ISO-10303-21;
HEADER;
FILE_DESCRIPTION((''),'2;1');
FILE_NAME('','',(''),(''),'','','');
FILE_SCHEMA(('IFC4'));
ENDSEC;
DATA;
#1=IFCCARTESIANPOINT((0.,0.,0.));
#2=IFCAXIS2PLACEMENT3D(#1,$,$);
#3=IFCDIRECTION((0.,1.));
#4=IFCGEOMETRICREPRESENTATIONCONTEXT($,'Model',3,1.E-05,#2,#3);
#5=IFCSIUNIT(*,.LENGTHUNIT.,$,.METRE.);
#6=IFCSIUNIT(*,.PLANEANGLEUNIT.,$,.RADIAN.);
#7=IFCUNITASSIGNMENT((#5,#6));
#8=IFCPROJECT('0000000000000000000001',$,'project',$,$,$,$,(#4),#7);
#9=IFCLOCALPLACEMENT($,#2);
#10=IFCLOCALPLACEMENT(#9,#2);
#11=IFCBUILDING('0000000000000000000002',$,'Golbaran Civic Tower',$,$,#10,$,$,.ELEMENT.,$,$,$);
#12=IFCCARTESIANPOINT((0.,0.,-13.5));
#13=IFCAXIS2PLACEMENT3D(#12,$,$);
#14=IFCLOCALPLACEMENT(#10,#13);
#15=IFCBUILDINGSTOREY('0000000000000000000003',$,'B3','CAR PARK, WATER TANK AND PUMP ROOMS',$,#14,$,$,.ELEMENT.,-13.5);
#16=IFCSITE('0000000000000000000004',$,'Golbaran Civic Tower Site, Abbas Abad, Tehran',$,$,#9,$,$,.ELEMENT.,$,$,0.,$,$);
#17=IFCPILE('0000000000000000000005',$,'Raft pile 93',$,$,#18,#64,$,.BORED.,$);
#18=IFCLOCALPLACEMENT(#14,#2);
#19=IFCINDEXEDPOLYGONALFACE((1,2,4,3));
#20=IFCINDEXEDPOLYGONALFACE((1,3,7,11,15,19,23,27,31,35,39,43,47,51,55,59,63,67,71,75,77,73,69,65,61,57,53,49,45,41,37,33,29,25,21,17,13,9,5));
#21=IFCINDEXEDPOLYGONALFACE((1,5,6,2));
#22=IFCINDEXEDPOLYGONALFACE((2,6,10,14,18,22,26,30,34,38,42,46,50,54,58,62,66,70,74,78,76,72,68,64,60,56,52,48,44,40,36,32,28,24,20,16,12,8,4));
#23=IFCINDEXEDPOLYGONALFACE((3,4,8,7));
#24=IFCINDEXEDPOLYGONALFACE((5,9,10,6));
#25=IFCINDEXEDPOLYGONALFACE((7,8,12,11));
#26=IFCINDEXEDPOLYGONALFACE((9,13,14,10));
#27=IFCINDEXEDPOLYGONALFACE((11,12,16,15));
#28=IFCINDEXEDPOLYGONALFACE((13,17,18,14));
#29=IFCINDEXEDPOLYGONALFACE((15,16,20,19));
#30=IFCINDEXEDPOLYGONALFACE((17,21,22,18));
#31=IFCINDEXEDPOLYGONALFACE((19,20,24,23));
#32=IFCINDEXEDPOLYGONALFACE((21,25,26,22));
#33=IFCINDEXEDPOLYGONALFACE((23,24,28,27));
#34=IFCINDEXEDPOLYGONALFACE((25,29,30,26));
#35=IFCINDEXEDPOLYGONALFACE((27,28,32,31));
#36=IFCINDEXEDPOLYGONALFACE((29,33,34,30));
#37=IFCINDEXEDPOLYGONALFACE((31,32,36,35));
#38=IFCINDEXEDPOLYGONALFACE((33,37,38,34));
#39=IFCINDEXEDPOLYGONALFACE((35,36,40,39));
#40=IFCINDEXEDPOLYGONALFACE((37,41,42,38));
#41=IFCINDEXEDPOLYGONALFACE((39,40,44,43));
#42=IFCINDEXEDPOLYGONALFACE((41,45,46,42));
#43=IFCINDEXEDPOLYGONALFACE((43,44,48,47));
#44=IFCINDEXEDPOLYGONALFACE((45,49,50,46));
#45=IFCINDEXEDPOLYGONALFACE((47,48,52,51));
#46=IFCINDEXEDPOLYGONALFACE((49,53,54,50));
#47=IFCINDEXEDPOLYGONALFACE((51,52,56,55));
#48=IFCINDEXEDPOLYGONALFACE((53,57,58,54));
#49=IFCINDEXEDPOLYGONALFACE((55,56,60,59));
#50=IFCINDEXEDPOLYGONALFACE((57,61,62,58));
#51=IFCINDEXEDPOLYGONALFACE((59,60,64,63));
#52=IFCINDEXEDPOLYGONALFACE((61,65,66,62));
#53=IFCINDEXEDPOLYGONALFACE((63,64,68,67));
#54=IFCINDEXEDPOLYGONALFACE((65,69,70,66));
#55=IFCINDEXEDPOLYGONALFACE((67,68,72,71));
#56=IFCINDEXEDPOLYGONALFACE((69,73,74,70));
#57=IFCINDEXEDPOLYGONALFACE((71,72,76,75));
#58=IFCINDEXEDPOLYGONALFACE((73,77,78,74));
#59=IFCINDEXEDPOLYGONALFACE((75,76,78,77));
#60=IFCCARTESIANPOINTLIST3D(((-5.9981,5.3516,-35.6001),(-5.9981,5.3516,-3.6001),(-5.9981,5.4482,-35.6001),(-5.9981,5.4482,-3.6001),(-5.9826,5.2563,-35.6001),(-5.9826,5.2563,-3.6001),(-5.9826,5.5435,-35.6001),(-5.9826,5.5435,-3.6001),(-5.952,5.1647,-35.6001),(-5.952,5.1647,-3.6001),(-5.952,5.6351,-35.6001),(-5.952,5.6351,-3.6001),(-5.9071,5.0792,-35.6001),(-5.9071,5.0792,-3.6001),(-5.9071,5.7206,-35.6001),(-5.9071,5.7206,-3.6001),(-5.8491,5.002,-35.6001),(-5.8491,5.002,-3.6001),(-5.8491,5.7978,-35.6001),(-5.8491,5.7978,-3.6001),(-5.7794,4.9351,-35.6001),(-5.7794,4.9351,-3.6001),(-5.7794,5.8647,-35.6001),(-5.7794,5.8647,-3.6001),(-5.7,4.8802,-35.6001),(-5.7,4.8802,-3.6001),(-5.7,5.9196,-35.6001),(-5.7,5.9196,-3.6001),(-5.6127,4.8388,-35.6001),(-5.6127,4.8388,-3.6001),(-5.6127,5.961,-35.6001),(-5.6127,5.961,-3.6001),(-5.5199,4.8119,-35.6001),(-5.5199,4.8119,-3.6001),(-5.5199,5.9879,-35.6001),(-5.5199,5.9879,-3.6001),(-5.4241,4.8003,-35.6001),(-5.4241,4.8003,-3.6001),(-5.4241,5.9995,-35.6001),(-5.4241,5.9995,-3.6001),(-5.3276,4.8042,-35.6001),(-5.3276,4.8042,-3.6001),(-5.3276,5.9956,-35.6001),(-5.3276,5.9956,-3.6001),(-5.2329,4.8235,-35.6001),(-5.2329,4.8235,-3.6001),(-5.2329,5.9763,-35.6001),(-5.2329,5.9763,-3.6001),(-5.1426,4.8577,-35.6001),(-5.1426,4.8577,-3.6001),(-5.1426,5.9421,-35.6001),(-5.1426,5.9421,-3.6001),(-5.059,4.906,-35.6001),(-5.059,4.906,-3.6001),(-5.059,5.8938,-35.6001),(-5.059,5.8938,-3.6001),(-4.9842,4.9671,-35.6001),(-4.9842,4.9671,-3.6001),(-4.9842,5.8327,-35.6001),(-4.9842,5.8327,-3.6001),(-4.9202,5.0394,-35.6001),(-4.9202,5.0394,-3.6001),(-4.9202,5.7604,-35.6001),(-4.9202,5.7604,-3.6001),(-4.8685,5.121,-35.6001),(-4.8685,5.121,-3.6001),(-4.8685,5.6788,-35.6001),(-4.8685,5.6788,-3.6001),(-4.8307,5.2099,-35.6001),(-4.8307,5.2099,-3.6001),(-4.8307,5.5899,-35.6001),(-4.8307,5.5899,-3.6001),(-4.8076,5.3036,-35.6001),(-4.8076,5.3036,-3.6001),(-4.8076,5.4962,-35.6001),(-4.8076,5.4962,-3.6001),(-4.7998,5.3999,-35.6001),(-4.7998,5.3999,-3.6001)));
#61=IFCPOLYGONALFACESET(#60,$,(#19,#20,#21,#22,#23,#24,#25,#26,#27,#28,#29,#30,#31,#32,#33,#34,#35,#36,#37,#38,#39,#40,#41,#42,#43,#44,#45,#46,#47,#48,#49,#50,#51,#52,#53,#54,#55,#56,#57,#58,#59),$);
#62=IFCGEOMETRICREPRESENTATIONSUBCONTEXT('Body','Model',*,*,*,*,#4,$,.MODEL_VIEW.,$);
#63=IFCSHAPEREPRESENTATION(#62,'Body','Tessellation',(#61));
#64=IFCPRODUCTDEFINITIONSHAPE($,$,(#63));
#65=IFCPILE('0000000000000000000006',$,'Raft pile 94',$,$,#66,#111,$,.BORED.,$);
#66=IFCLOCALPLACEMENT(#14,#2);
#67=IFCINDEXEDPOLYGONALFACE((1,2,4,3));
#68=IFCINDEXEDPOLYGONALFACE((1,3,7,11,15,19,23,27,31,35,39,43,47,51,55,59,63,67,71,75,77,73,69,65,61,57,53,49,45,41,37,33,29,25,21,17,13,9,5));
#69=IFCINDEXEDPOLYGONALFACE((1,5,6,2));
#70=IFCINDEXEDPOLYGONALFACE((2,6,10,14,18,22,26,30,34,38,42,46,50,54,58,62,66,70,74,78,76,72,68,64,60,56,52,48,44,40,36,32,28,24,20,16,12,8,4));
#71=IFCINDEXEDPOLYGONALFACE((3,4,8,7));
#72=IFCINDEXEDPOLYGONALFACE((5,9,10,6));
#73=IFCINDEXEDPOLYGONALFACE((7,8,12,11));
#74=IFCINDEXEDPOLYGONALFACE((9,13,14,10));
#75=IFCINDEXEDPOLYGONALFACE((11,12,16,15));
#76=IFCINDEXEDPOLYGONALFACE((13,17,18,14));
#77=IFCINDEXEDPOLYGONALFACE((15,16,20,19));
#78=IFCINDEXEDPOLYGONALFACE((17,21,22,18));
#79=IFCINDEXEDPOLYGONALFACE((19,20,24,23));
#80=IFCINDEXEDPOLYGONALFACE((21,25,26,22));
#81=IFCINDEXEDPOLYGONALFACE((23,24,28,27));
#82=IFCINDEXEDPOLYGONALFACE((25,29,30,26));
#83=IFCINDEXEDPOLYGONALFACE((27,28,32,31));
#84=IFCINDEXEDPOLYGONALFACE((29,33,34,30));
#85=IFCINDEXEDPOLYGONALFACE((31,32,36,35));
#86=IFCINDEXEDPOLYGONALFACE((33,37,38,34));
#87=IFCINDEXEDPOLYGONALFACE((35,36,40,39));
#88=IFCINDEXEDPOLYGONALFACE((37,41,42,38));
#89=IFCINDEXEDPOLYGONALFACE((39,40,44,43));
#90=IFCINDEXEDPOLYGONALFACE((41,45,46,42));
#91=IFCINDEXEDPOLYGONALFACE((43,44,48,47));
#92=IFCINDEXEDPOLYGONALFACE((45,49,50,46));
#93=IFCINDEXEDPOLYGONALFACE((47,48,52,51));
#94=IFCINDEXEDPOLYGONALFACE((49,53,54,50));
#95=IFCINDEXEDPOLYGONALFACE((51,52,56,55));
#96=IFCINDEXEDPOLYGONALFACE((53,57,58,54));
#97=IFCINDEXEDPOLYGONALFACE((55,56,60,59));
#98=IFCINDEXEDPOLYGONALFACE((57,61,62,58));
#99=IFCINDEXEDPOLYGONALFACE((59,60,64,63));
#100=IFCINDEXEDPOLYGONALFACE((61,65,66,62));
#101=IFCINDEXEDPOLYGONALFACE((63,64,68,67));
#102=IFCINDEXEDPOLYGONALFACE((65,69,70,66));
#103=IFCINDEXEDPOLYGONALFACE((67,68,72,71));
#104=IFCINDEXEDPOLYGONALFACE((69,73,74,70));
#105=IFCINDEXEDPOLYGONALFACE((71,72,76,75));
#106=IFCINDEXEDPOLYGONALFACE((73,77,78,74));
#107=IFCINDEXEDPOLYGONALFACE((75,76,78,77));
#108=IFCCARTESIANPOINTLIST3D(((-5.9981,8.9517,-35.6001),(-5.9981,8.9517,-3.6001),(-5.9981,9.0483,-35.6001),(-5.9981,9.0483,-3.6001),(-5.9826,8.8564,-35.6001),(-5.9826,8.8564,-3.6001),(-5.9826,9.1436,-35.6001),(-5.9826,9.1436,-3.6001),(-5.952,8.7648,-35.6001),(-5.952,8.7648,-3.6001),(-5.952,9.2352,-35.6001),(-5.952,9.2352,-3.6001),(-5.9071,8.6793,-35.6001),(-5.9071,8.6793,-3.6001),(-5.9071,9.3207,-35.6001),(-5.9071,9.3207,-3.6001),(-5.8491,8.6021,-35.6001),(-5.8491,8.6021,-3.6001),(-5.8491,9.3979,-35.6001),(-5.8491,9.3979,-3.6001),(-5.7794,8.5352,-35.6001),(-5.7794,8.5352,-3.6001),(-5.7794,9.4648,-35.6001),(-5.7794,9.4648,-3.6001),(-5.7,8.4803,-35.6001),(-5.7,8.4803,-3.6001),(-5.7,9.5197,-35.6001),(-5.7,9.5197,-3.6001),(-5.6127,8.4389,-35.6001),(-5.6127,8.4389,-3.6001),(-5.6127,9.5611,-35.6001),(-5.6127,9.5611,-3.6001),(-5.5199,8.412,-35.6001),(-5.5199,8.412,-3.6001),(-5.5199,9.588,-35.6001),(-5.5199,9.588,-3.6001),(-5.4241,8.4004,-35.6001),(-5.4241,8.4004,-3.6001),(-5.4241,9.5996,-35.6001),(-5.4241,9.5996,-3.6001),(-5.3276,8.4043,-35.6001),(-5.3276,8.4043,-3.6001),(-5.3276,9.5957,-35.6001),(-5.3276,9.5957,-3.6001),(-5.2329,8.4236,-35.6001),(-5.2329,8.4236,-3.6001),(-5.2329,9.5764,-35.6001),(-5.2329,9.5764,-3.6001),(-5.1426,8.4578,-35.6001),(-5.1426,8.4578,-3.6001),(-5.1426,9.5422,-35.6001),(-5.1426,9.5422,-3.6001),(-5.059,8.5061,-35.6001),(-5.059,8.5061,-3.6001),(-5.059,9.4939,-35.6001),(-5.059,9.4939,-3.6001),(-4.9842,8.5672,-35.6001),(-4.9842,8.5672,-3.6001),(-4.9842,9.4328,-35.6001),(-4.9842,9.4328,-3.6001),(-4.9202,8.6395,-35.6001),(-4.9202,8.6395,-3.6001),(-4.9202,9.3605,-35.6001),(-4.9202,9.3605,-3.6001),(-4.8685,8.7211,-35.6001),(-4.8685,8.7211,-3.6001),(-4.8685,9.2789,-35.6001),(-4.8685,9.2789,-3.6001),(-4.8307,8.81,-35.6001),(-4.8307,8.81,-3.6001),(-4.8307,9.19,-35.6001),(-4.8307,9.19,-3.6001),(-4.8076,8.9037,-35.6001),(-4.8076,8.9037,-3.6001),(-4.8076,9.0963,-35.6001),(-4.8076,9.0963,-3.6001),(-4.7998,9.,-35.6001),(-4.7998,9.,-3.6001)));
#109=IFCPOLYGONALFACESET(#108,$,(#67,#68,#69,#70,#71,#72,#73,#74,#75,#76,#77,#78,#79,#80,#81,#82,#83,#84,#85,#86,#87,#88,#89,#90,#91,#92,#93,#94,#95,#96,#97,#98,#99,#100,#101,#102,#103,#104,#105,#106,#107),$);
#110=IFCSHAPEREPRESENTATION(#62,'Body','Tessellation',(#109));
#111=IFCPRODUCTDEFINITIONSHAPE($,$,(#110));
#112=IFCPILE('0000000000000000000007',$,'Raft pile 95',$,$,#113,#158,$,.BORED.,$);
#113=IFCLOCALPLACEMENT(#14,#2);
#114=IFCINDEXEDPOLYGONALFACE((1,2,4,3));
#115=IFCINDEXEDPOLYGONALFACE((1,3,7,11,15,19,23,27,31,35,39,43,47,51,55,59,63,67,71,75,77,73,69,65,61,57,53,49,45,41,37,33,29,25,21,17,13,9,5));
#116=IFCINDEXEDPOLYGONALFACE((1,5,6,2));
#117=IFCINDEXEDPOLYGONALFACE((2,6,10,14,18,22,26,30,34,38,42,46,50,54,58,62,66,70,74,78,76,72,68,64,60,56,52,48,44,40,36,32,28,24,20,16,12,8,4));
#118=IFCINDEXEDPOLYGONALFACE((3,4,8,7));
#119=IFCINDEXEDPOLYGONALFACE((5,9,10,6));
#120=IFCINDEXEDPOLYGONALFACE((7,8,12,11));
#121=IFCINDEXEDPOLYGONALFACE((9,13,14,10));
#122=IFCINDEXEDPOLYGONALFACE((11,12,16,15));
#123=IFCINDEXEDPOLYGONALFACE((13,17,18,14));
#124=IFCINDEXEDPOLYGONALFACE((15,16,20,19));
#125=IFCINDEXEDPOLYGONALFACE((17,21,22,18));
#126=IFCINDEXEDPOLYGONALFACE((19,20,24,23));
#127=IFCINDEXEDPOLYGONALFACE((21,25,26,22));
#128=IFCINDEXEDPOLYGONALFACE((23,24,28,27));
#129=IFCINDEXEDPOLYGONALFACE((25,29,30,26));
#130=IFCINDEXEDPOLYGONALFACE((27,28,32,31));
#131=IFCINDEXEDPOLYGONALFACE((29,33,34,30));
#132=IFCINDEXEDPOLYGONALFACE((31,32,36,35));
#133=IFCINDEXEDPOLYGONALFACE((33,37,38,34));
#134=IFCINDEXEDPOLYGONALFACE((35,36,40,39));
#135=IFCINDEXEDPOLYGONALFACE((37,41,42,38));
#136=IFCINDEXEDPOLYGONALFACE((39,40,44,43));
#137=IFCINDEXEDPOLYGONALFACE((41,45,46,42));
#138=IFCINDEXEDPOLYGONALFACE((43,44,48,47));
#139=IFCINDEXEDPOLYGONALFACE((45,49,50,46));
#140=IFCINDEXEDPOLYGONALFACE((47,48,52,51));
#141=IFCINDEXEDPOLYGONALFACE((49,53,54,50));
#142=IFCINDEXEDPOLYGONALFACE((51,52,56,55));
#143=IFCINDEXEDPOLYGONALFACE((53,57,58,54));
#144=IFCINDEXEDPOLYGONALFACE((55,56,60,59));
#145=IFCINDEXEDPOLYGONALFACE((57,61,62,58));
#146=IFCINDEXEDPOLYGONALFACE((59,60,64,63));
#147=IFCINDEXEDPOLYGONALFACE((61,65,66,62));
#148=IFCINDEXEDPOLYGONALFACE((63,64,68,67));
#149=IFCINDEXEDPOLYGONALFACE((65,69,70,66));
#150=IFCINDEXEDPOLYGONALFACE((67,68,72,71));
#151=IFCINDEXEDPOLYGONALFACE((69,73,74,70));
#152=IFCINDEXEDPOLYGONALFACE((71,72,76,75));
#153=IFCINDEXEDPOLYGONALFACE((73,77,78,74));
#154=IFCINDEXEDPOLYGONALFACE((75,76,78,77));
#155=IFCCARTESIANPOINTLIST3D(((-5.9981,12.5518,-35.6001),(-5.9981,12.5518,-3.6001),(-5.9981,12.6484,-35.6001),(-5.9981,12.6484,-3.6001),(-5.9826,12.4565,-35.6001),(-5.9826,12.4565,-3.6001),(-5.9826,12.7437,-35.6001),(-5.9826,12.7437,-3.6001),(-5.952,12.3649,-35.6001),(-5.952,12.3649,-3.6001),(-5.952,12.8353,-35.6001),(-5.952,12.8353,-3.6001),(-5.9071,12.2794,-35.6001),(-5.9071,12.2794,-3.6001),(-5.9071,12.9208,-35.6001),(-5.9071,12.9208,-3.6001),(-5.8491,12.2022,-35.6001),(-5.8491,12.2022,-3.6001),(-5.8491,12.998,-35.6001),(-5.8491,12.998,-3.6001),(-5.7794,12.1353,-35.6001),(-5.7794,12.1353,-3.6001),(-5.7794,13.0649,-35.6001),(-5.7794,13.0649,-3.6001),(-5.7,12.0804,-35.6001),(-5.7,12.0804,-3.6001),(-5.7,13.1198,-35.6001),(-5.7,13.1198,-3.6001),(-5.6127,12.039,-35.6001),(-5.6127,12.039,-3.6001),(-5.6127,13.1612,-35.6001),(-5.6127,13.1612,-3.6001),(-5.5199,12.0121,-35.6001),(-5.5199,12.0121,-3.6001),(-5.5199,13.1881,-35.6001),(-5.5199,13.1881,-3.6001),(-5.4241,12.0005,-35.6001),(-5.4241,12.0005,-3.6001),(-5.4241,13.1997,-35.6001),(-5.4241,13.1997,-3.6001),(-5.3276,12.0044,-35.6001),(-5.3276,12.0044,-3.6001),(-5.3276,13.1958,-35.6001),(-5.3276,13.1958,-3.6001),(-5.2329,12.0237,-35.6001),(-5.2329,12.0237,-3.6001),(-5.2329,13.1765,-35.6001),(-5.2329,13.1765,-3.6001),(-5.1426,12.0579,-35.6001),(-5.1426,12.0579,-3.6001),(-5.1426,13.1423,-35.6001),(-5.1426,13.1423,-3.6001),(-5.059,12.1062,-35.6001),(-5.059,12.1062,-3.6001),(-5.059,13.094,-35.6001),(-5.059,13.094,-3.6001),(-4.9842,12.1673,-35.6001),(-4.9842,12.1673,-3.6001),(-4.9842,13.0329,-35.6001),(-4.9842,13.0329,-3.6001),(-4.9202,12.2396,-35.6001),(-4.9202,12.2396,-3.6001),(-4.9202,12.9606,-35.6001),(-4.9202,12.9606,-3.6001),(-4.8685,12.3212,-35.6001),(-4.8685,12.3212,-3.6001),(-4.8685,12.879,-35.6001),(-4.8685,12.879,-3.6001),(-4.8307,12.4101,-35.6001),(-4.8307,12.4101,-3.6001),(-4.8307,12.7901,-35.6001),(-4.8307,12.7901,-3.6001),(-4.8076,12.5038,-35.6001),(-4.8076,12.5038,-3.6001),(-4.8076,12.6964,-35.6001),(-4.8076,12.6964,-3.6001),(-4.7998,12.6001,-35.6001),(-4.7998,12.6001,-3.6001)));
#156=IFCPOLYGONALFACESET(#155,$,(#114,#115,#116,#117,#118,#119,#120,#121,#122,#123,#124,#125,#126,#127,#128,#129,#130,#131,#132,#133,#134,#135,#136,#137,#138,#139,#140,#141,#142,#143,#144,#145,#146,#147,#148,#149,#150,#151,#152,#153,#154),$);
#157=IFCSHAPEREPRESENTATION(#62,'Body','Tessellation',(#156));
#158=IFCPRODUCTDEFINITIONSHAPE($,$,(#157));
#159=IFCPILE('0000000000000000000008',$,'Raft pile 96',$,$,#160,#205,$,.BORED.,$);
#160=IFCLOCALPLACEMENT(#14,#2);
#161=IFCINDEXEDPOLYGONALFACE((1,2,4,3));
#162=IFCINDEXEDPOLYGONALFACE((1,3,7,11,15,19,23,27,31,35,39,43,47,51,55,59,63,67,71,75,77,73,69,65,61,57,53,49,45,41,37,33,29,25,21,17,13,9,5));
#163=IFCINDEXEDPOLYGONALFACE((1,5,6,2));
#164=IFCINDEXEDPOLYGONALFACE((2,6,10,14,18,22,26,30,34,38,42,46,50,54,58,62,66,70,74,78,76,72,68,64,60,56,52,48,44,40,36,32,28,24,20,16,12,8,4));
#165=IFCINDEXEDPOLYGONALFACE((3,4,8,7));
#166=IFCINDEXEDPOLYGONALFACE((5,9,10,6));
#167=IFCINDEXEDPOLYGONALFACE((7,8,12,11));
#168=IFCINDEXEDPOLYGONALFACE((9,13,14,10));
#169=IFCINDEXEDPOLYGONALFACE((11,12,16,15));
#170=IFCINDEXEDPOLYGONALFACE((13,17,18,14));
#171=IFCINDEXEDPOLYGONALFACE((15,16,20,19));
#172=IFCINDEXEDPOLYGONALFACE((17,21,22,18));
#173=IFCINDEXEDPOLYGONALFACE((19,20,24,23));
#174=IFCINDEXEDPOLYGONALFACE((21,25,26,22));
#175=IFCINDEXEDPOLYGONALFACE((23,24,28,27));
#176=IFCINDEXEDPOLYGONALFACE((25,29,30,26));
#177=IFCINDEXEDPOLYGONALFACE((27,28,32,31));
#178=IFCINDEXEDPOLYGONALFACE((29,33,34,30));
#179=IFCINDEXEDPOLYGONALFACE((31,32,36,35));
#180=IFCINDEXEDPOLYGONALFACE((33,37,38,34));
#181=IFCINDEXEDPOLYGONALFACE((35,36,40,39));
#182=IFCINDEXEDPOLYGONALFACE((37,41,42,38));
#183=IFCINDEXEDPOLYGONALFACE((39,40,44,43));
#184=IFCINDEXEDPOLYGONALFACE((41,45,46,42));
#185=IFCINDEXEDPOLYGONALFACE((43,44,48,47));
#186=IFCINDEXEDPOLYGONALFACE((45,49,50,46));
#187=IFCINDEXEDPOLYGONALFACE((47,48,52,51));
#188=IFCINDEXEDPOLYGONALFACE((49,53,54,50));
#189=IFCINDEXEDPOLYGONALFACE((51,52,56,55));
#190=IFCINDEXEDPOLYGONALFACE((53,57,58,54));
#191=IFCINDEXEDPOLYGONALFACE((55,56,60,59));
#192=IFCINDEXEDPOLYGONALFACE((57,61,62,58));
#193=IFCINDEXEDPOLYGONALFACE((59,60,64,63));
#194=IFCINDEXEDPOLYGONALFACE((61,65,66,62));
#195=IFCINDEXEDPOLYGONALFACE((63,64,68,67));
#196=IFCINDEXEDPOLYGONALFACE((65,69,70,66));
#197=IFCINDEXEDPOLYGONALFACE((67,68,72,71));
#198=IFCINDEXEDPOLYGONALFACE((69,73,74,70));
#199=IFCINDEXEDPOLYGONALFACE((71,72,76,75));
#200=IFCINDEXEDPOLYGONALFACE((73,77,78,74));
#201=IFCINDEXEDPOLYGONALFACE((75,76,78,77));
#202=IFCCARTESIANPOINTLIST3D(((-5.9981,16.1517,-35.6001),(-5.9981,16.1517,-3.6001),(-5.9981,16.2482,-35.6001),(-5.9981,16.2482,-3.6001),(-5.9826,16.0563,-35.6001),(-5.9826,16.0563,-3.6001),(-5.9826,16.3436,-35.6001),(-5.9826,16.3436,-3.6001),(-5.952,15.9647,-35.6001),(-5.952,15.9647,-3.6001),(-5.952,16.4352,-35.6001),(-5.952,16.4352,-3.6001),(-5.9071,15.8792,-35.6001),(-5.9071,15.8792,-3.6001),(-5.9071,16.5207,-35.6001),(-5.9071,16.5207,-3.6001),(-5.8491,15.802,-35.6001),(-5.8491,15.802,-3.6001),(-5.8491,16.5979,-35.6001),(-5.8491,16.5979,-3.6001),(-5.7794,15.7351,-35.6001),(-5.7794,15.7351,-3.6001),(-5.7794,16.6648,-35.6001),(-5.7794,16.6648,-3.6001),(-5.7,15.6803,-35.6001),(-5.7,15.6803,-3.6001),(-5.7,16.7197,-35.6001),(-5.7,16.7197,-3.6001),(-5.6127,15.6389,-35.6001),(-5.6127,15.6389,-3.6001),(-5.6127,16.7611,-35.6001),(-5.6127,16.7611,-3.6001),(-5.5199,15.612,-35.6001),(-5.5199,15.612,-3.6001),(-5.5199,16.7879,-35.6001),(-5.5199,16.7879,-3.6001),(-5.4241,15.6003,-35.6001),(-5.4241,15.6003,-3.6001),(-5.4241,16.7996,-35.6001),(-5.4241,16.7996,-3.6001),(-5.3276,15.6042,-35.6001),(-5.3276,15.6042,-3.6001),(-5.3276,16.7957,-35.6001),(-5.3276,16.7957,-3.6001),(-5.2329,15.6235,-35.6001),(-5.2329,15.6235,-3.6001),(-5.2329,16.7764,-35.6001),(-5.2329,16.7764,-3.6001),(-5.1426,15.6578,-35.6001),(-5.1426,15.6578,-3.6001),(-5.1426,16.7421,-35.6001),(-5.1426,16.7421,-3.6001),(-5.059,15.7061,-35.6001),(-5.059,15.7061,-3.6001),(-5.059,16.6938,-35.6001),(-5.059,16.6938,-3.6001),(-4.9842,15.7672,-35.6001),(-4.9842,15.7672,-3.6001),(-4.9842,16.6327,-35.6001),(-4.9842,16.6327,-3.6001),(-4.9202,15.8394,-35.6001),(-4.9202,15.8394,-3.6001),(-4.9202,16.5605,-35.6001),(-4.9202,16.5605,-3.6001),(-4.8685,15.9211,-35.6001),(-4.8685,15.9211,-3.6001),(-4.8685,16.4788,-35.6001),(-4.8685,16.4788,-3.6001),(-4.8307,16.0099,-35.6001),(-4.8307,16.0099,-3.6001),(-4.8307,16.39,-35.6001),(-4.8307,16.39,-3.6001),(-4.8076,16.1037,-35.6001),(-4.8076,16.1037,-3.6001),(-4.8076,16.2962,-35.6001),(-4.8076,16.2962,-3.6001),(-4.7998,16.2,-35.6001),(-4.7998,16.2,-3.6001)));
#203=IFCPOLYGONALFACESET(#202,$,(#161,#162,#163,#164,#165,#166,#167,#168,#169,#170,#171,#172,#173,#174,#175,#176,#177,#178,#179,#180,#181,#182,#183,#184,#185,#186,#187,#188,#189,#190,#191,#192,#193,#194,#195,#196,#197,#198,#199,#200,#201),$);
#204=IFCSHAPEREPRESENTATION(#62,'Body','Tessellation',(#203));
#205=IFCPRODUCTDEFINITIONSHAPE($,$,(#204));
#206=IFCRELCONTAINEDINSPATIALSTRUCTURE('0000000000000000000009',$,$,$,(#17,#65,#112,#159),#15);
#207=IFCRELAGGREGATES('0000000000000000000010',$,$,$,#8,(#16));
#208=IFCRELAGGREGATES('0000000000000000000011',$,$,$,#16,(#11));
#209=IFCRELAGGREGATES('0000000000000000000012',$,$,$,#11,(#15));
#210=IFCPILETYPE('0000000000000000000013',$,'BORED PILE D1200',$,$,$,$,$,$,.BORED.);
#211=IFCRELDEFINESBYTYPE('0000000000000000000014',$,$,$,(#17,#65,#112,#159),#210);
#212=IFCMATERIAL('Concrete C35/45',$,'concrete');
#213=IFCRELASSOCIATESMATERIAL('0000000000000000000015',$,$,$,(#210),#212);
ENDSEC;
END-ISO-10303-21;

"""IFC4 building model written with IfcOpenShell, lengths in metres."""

from ifc_helpers import new_model, si_unit, direction, frame, origin, origin_2d, place, context, subcontext, project, spatial, circle, extrude, material, material_profile, profile_set, type_object, element, save


model = new_model("IFC4")

# Units and contexts
model_context = context("Model", 3, precision=1e-05, world=origin(), true_north=direction((0.0, 1.0)))
body_context = subcontext(model_context, "Body", "Model", "MODEL_VIEW")
ifc_project = project(units=[si_unit("LENGTHUNIT", "METRE"), si_unit("PLANEANGLEUNIT", "RADIAN")], contexts=[model_context])

# Site, building, storey
site_placement = place(None, origin())
site = spatial("IfcSite", under=ifc_project, at=site_placement, Name="Golbaran Civic Tower Site, Abbas Abad, Tehran", CompositionType="ELEMENT", RefElevation=0.0)
building_placement = place(site_placement, origin())
building = spatial("IfcBuilding", under=site, at=building_placement, Name="Golbaran Civic Tower", CompositionType="ELEMENT")
storey_placement = place(building_placement, frame((0.0, 0.0, -13.5)))
storey = spatial("IfcBuildingStorey", under=building, at=storey_placement, Name="B3", Description="CAR PARK, WATER TANK AND PUMP ROOMS", CompositionType="ELEMENT", Elevation=-13.5)

# Piles
ifc_material_1 = material(Name="Concrete C35/45", Category="concrete")
ifc_material_profile_1 = material_profile(ifc_material_1, circle(Radius=0.6001, at=origin_2d()), Name="BORED PILE D1200")
ifc_profile_set_1 = profile_set([ifc_material_profile_1], Name="Concrete C35/45")
pile_type = type_object("IfcPileType", Name="BORED PILE D1200", PredefinedType="BORED", material=ifc_profile_set_1)
for number, where, z_axis, x_axis, name in (
    (1, (-5.3999, 5.3999, -3.6001), (0.0, 0.0, -1.0), (1.0, 0.0, 0.0), "Raft pile 93"),
    (2, (-5.3999, 9.0, -3.6001), (0.0, 0.0, -1.0), (1.0, 0.0, 0.0), "Raft pile 94"),
    (3, (-5.3999, 12.6001, -3.6001), (0.0, 0.0, -1.0), (1.0, 0.0, 0.0), "Raft pile 95"),
    (4, (-5.3999, 16.2, -3.6001), (0.0, 0.0, -1.0), (1.0, 0.0, 0.0), "Raft pile 96"),
):
    element("IfcPile", number, at=place(storey_placement, frame(where, z_axis=z_axis, x_axis=x_axis)), inside=storey, type_object=pile_type, Name=name, PredefinedType="BORED", context=body_context, shape_type="SweptSolid", body=[
        extrude(circle(Radius=0.6001, at=origin_2d()), origin(), (0.0, 0.0, 1.0), 32.0),
    ])

save(model, "model.ifc")
